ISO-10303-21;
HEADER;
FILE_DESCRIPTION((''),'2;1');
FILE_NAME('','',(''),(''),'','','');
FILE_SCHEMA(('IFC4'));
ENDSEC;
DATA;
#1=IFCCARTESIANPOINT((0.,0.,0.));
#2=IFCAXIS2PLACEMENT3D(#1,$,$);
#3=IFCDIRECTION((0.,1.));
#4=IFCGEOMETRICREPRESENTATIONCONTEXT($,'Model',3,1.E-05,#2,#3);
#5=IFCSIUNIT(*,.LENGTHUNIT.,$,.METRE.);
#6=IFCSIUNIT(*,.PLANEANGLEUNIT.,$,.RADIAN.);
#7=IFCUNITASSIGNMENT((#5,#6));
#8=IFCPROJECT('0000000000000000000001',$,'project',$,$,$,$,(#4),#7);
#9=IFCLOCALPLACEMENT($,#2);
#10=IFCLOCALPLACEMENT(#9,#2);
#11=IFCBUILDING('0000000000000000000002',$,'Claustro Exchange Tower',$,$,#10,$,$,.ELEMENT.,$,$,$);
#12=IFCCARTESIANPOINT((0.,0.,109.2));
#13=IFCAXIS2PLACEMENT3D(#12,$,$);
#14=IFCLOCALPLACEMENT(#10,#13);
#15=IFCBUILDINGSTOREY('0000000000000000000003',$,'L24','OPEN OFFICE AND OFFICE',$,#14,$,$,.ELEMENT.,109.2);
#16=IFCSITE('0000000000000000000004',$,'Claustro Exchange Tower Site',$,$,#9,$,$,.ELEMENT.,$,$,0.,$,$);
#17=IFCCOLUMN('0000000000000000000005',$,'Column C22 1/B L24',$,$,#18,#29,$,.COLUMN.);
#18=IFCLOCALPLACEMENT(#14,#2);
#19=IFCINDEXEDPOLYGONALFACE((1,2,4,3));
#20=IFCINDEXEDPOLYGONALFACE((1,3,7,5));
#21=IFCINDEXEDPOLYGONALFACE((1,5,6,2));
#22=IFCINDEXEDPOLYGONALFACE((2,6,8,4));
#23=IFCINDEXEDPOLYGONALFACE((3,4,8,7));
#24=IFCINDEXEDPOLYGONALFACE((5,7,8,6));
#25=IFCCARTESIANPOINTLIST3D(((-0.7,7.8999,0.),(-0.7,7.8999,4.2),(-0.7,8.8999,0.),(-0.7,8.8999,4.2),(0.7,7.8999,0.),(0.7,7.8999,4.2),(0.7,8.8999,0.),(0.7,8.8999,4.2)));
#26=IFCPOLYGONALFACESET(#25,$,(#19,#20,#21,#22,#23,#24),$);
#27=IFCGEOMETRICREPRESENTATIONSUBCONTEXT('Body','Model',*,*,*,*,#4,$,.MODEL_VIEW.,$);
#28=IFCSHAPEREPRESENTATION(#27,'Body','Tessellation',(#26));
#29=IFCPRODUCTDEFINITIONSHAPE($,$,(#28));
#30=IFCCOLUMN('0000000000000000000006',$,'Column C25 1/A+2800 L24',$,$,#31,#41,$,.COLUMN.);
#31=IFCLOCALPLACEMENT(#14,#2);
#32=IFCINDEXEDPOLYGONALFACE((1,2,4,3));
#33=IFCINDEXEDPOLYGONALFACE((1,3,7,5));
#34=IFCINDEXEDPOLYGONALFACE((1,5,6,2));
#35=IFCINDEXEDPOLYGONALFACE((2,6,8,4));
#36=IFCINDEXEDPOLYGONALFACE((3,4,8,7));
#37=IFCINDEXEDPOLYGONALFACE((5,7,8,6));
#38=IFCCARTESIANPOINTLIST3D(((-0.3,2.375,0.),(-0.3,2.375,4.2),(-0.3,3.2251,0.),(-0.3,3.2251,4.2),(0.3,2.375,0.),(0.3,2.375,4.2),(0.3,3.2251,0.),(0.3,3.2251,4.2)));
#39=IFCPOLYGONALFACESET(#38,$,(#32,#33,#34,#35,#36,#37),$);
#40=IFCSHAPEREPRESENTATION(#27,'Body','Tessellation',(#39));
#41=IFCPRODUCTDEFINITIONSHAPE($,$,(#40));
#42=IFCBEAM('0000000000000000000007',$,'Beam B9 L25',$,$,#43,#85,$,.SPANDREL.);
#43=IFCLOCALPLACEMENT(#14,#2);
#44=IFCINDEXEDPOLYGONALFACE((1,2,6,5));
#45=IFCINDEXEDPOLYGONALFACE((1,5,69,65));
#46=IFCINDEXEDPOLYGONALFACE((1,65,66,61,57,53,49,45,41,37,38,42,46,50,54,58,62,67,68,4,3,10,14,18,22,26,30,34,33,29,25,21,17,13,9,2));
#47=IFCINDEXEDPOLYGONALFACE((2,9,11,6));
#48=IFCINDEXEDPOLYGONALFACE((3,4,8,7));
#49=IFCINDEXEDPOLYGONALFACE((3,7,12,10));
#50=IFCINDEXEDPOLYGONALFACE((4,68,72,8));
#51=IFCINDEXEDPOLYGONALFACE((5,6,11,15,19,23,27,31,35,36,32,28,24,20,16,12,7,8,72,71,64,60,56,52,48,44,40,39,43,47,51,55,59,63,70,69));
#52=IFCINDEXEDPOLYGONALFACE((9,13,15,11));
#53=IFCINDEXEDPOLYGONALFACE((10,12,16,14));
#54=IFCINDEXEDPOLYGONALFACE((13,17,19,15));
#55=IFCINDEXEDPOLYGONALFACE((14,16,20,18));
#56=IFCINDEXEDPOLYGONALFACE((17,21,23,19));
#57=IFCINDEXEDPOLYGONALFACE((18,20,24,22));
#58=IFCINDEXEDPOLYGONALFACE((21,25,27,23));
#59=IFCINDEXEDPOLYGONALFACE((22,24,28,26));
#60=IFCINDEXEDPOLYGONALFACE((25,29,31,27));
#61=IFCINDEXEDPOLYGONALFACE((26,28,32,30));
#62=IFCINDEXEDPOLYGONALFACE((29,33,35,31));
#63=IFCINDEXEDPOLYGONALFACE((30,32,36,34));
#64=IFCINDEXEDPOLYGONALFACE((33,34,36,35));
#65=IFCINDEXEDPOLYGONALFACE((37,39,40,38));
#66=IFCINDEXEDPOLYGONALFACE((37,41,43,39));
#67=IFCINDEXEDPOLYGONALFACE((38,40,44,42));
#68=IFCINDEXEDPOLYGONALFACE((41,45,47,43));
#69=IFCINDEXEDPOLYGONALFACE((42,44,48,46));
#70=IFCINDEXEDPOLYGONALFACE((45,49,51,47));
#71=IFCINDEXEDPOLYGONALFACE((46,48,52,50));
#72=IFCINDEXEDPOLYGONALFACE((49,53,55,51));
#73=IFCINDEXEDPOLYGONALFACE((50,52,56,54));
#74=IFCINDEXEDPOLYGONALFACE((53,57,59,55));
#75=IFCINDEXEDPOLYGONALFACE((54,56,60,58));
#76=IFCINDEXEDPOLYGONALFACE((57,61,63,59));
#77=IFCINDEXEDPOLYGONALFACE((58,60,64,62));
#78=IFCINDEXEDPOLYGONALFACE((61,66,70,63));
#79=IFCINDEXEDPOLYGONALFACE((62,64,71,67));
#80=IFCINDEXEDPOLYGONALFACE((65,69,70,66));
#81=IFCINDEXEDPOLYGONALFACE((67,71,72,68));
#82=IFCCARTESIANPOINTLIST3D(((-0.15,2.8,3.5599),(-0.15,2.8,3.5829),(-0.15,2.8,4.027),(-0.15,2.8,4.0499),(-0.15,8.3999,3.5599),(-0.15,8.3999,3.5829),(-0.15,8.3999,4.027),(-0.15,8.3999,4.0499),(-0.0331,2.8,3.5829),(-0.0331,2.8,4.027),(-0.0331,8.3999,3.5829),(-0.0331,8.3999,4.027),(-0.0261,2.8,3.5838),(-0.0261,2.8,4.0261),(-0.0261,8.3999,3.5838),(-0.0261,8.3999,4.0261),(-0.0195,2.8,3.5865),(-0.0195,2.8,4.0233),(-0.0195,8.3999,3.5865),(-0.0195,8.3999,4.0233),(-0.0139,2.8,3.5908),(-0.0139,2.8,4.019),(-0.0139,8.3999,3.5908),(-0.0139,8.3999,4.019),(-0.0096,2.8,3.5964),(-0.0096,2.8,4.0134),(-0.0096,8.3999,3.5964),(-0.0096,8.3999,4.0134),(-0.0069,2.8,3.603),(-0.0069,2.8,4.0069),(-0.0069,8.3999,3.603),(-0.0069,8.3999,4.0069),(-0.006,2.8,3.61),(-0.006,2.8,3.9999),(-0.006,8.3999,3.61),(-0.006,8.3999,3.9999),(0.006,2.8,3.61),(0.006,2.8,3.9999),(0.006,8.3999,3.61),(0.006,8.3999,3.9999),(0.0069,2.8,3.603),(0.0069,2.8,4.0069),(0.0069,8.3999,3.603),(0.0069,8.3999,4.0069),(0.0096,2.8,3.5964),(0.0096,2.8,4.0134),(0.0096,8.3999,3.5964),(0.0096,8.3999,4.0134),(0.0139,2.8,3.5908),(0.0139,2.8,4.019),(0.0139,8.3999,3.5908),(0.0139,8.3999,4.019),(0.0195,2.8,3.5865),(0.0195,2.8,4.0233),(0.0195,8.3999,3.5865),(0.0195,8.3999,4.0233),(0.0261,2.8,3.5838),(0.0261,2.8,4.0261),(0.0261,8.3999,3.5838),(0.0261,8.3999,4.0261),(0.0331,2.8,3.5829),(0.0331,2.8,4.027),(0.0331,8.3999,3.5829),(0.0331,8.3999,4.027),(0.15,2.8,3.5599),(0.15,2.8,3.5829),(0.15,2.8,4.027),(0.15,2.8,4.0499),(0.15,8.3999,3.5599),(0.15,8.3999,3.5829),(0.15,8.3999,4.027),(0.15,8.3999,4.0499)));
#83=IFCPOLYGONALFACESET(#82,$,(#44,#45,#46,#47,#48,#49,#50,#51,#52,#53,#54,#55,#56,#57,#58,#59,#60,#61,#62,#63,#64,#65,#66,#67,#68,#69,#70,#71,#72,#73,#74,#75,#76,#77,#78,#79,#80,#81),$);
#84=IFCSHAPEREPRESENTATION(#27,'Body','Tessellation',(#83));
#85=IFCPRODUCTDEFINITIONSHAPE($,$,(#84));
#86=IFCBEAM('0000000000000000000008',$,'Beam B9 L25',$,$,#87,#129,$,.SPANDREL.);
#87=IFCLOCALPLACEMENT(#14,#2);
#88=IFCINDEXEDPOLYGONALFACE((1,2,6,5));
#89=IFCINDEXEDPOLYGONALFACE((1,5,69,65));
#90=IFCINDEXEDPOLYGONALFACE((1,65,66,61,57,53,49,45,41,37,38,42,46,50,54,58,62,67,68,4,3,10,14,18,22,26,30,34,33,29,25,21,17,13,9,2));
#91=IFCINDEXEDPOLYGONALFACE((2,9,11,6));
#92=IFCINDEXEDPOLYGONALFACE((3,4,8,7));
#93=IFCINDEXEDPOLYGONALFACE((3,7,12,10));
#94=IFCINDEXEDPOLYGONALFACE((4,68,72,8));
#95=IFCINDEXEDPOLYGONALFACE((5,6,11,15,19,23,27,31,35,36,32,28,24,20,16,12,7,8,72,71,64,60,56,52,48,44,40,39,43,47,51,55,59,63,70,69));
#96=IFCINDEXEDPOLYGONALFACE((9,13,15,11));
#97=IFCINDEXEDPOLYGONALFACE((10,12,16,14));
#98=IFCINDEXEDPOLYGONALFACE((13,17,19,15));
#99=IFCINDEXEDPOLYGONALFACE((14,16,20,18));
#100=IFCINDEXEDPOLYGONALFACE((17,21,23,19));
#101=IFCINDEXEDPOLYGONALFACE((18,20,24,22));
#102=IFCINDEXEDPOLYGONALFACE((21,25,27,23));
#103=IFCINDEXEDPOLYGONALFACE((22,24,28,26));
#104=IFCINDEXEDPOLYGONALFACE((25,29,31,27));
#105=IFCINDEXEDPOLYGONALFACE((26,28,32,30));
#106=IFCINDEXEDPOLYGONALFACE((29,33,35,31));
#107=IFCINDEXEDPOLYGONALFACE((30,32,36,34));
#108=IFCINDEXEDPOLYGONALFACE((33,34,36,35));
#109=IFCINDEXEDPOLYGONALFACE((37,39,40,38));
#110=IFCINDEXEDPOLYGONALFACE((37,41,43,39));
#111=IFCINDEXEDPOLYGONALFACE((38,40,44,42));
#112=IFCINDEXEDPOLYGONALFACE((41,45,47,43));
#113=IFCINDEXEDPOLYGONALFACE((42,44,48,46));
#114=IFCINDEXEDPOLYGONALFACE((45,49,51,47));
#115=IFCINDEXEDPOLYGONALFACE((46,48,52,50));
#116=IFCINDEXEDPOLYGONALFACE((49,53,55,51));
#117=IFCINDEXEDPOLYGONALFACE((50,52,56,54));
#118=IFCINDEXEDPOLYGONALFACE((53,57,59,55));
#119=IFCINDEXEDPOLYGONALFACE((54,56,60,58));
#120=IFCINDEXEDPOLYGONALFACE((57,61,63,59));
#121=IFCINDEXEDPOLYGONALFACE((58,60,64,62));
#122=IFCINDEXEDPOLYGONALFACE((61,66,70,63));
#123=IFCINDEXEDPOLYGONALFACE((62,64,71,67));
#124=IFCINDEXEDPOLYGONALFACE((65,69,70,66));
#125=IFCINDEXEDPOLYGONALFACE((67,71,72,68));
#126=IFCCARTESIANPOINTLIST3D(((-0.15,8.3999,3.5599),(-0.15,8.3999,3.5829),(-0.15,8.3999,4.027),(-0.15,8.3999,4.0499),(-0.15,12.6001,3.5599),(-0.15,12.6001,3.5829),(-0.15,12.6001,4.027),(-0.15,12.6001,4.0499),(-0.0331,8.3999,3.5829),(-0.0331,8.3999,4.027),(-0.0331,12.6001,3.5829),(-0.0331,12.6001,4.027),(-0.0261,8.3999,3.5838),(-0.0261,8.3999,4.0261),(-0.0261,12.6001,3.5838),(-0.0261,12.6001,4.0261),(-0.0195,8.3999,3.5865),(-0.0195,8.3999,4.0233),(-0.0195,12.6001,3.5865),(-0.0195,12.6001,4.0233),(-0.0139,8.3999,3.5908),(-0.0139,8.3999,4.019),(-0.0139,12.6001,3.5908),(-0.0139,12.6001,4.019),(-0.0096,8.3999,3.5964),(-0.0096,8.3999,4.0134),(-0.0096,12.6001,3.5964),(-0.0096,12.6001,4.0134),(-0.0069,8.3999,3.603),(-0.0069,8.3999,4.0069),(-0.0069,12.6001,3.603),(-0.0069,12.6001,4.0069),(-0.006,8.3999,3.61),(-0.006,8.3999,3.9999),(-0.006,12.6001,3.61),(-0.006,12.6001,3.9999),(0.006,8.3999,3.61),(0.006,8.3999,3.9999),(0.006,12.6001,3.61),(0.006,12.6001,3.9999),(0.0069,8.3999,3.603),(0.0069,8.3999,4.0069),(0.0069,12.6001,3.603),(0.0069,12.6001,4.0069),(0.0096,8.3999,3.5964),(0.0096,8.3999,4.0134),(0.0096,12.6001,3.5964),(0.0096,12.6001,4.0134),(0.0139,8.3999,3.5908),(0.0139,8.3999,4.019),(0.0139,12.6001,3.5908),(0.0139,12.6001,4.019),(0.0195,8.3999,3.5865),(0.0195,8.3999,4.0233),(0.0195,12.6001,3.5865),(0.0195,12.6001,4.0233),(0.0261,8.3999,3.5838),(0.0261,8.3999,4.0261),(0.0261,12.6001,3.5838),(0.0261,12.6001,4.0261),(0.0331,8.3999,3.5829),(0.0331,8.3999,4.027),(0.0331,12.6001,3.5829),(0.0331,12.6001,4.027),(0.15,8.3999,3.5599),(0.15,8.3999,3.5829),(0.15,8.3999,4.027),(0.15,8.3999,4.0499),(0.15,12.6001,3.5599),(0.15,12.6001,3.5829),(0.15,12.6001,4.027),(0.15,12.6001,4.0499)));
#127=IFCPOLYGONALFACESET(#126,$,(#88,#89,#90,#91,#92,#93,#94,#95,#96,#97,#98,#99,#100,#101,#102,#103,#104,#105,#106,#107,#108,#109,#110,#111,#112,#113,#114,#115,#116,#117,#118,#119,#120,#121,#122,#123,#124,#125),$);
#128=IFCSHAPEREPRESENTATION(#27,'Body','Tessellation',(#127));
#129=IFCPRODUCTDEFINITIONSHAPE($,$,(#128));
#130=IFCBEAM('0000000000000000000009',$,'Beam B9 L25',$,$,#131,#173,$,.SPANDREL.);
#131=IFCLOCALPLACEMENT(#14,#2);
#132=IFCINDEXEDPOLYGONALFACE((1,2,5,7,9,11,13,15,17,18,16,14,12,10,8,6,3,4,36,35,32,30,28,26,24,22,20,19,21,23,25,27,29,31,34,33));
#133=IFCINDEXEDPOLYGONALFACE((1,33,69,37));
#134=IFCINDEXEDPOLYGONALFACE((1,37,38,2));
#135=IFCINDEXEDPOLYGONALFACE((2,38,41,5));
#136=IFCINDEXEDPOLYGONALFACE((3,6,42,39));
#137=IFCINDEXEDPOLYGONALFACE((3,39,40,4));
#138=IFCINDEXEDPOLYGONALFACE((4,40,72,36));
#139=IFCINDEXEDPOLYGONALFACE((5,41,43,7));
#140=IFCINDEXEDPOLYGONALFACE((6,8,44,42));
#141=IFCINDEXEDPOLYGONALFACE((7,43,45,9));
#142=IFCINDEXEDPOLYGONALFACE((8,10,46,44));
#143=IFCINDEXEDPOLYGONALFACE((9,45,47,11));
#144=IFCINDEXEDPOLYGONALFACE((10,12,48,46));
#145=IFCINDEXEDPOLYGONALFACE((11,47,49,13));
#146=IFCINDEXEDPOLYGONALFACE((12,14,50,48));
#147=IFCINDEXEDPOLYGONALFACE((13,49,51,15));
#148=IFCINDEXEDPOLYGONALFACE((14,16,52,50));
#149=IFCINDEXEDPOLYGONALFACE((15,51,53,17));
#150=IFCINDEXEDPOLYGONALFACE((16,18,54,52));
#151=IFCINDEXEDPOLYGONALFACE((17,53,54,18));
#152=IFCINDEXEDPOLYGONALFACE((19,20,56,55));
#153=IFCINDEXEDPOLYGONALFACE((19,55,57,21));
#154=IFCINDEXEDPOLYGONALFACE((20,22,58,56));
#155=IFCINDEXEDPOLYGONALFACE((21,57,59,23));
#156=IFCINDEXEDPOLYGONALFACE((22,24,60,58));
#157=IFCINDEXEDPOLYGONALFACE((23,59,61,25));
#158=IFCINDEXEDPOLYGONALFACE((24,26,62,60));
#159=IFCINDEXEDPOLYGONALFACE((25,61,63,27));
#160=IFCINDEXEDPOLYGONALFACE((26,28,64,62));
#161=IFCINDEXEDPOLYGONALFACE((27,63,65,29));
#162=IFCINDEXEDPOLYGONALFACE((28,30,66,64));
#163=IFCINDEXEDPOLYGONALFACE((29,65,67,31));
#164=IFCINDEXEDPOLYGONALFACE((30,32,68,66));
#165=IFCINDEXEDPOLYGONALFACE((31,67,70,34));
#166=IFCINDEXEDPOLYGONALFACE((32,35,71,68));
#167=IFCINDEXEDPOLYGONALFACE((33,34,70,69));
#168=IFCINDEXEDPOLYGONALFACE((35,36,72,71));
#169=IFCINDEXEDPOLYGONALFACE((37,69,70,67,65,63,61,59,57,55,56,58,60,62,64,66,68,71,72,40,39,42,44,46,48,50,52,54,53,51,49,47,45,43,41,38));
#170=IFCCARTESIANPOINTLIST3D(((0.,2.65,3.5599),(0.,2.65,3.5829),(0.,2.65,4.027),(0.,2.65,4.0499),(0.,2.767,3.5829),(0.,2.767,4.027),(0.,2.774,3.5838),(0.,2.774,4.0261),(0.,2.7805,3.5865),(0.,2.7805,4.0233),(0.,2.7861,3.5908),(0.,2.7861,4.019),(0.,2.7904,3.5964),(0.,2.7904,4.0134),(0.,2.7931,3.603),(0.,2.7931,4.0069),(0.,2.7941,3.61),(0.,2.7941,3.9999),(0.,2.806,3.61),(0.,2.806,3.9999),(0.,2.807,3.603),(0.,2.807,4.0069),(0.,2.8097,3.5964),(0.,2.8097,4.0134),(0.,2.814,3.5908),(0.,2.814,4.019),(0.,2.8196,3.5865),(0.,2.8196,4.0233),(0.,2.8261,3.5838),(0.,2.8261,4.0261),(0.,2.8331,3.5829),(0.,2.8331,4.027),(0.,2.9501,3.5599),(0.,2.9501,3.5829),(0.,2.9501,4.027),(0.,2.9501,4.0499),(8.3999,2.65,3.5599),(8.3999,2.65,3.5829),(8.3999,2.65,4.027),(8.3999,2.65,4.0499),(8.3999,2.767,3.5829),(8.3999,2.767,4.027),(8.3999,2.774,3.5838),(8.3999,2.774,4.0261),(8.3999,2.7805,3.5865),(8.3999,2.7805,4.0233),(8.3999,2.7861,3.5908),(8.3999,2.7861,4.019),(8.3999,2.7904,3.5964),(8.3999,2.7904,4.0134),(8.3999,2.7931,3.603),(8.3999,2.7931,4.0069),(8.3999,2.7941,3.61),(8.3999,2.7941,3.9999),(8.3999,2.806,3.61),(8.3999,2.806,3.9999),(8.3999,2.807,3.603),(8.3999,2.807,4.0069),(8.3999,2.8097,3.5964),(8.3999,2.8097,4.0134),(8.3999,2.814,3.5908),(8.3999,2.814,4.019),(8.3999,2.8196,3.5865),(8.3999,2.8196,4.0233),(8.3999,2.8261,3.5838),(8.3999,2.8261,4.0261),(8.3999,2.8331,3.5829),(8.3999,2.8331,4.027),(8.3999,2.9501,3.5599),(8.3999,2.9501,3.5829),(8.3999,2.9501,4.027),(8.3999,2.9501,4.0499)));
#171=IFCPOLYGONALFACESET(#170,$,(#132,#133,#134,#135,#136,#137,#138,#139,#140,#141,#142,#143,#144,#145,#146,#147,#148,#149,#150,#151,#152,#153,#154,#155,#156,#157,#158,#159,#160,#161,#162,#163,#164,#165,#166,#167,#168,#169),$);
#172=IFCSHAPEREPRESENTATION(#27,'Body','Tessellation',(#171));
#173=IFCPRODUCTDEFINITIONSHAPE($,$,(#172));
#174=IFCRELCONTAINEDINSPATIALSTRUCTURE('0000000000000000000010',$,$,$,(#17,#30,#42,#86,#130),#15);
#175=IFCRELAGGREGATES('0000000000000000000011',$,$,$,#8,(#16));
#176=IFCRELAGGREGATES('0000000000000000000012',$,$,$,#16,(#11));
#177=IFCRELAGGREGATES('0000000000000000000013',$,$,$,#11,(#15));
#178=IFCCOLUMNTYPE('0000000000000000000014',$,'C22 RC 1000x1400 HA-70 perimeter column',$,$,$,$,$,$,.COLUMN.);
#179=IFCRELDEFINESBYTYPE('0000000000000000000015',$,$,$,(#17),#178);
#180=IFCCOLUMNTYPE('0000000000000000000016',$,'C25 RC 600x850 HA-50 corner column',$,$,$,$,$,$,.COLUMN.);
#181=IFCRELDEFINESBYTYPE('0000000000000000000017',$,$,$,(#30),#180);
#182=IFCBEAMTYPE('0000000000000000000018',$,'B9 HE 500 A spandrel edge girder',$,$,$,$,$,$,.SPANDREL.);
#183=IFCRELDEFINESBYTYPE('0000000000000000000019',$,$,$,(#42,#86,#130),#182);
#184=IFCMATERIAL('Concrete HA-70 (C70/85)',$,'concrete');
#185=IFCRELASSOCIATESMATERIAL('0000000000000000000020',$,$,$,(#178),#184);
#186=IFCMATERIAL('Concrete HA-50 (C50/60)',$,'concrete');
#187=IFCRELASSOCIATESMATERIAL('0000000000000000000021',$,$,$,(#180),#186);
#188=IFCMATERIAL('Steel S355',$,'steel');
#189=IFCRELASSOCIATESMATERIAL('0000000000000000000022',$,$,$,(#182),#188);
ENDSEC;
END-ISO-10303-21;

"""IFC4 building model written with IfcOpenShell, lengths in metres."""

from ifc_helpers import new_model, si_unit, direction, frame, origin, origin_2d, place, context, subcontext, project, spatial, rectangle, i_section, extrude, material, material_profile, profile_set, type_object, element, save


model = new_model("IFC4")

# Units and contexts
model_context = context("Model", 3, precision=1e-05, world=origin(), true_north=direction((0.0, 1.0)))
body_context = subcontext(model_context, "Body", "Model", "MODEL_VIEW")
ifc_project = project(units=[si_unit("LENGTHUNIT", "METRE"), si_unit("PLANEANGLEUNIT", "RADIAN")], contexts=[model_context])

# Site, building, storey
site_placement = place(None, origin())
site = spatial("IfcSite", under=ifc_project, at=site_placement, Name="Claustro Exchange Tower Site", CompositionType="ELEMENT", RefElevation=0.0)
building_placement = place(site_placement, origin())
building = spatial("IfcBuilding", under=site, at=building_placement, Name="Claustro Exchange Tower", CompositionType="ELEMENT")
storey_placement = place(building_placement, frame((0.0, 0.0, 109.2)))
storey = spatial("IfcBuildingStorey", under=building, at=storey_placement, Name="L24", Description="OPEN OFFICE AND OFFICE", CompositionType="ELEMENT", Elevation=109.2)

# Columns
ifc_material_1 = material(Name="Concrete HA-70 (C70/85)", Category="concrete")
ifc_material_profile_1 = material_profile(ifc_material_1, rectangle(XDim=1.0, YDim=1.3999, at=origin_2d()), Name="RC 1000x1400")
ifc_profile_set_1 = profile_set([ifc_material_profile_1], Name="Concrete HA-70 (C70/85)")
column_type_1 = type_object("IfcColumnType", Name="C22 RC 1000x1400 HA-70 perimeter column", PredefinedType="COLUMN", material=ifc_profile_set_1)
column_1_placement = place(storey_placement, frame((0.0, 8.3999, 0.0), z_axis=(0.0, 0.0, 1.0), x_axis=(0.0, 1.0, 0.0)))
element("IfcColumn", 1, at=column_1_placement, inside=storey, type_object=column_type_1, Name="Column C22 1/B L24", PredefinedType="COLUMN", context=body_context, shape_type="SweptSolid", body=[
    extrude(rectangle(XDim=1.0, YDim=1.3999, at=origin_2d()), origin(), (0.0, 0.0, 1.0), 4.2),
])
ifc_material_2 = material(Name="Concrete HA-50 (C50/60)", Category="concrete")
ifc_material_profile_2 = material_profile(ifc_material_2, rectangle(XDim=0.6001, YDim=0.8501, at=origin_2d()), Name="RC 600x850")
ifc_profile_set_2 = profile_set([ifc_material_profile_2], Name="Concrete HA-50 (C50/60)")
column_type_2 = type_object("IfcColumnType", Name="C25 RC 600x850 HA-50 corner column", PredefinedType="COLUMN", material=ifc_profile_set_2)
column_2_placement = place(storey_placement, frame((0.0, 2.8, 0.0), z_axis=(0.0, 0.0, 1.0), x_axis=(1.0, 0.0, 0.0)))
element("IfcColumn", 2, at=column_2_placement, inside=storey, type_object=column_type_2, Name="Column C25 1/A+2800 L24", PredefinedType="COLUMN", context=body_context, shape_type="SweptSolid", body=[
    extrude(rectangle(XDim=0.6001, YDim=0.8501, at=origin_2d()), origin(), (0.0, 0.0, 1.0), 4.2),
])

# Beams
ifc_material_3 = material(Name="Steel S355", Category="steel")
ifc_material_profile_3 = material_profile(ifc_material_3, i_section(OverallWidth=0.3, OverallDepth=0.49, WebThickness=0.012, FlangeThickness=0.0229, FilletRadius=0.0271, at=origin_2d()), Name="HE 500 A")
ifc_profile_set_3 = profile_set([ifc_material_profile_3], Name="Steel S355")
beam_type = type_object("IfcBeamType", Name="B9 HE 500 A spandrel edge girder", PredefinedType="SPANDREL", material=ifc_profile_set_3)
beam_1_placement = place(storey_placement, frame((0.0, 2.8, 3.8049), z_axis=(0.0, 1.0, 0.0), x_axis=(-1.0, 0.0, 0.0)))
element("IfcBeam", 3, at=beam_1_placement, inside=storey, type_object=beam_type, Name="Beam B9 L25", PredefinedType="SPANDREL", context=body_context, shape_type="SweptSolid", body=[
    extrude(i_section(OverallWidth=0.3, OverallDepth=0.49, WebThickness=0.012, FlangeThickness=0.0229, FilletRadius=0.0271, at=origin_2d()), origin(), (0.0, 0.0, 1.0), 5.5999),
])
beam_2_placement = place(storey_placement, frame((0.0, 8.3999, 3.8049), z_axis=(0.0, 1.0, 0.0), x_axis=(-1.0, 0.0, 0.0)))
element("IfcBeam", 4, at=beam_2_placement, inside=storey, type_object=beam_type, Name="Beam B9 L25", PredefinedType="SPANDREL", context=body_context, shape_type="SweptSolid", body=[
    extrude(i_section(OverallWidth=0.3, OverallDepth=0.49, WebThickness=0.012, FlangeThickness=0.0229, FilletRadius=0.0271, at=origin_2d()), origin(), (0.0, 0.0, 1.0), 4.2002),
])
beam_3_placement = place(storey_placement, frame((0.0, 2.8, 3.8049), z_axis=(1.0, 0.0, 0.0), x_axis=(0.0, 1.0, 0.0)))
element("IfcBeam", 5, at=beam_3_placement, inside=storey, type_object=beam_type, Name="Beam B9 L25", PredefinedType="SPANDREL", context=body_context, shape_type="SweptSolid", body=[
    extrude(i_section(OverallWidth=0.3, OverallDepth=0.49, WebThickness=0.012, FlangeThickness=0.0229, FilletRadius=0.0271, at=origin_2d()), origin(), (0.0, 0.0, 1.0), 8.3999),
])

save(model, "model.ifc")
